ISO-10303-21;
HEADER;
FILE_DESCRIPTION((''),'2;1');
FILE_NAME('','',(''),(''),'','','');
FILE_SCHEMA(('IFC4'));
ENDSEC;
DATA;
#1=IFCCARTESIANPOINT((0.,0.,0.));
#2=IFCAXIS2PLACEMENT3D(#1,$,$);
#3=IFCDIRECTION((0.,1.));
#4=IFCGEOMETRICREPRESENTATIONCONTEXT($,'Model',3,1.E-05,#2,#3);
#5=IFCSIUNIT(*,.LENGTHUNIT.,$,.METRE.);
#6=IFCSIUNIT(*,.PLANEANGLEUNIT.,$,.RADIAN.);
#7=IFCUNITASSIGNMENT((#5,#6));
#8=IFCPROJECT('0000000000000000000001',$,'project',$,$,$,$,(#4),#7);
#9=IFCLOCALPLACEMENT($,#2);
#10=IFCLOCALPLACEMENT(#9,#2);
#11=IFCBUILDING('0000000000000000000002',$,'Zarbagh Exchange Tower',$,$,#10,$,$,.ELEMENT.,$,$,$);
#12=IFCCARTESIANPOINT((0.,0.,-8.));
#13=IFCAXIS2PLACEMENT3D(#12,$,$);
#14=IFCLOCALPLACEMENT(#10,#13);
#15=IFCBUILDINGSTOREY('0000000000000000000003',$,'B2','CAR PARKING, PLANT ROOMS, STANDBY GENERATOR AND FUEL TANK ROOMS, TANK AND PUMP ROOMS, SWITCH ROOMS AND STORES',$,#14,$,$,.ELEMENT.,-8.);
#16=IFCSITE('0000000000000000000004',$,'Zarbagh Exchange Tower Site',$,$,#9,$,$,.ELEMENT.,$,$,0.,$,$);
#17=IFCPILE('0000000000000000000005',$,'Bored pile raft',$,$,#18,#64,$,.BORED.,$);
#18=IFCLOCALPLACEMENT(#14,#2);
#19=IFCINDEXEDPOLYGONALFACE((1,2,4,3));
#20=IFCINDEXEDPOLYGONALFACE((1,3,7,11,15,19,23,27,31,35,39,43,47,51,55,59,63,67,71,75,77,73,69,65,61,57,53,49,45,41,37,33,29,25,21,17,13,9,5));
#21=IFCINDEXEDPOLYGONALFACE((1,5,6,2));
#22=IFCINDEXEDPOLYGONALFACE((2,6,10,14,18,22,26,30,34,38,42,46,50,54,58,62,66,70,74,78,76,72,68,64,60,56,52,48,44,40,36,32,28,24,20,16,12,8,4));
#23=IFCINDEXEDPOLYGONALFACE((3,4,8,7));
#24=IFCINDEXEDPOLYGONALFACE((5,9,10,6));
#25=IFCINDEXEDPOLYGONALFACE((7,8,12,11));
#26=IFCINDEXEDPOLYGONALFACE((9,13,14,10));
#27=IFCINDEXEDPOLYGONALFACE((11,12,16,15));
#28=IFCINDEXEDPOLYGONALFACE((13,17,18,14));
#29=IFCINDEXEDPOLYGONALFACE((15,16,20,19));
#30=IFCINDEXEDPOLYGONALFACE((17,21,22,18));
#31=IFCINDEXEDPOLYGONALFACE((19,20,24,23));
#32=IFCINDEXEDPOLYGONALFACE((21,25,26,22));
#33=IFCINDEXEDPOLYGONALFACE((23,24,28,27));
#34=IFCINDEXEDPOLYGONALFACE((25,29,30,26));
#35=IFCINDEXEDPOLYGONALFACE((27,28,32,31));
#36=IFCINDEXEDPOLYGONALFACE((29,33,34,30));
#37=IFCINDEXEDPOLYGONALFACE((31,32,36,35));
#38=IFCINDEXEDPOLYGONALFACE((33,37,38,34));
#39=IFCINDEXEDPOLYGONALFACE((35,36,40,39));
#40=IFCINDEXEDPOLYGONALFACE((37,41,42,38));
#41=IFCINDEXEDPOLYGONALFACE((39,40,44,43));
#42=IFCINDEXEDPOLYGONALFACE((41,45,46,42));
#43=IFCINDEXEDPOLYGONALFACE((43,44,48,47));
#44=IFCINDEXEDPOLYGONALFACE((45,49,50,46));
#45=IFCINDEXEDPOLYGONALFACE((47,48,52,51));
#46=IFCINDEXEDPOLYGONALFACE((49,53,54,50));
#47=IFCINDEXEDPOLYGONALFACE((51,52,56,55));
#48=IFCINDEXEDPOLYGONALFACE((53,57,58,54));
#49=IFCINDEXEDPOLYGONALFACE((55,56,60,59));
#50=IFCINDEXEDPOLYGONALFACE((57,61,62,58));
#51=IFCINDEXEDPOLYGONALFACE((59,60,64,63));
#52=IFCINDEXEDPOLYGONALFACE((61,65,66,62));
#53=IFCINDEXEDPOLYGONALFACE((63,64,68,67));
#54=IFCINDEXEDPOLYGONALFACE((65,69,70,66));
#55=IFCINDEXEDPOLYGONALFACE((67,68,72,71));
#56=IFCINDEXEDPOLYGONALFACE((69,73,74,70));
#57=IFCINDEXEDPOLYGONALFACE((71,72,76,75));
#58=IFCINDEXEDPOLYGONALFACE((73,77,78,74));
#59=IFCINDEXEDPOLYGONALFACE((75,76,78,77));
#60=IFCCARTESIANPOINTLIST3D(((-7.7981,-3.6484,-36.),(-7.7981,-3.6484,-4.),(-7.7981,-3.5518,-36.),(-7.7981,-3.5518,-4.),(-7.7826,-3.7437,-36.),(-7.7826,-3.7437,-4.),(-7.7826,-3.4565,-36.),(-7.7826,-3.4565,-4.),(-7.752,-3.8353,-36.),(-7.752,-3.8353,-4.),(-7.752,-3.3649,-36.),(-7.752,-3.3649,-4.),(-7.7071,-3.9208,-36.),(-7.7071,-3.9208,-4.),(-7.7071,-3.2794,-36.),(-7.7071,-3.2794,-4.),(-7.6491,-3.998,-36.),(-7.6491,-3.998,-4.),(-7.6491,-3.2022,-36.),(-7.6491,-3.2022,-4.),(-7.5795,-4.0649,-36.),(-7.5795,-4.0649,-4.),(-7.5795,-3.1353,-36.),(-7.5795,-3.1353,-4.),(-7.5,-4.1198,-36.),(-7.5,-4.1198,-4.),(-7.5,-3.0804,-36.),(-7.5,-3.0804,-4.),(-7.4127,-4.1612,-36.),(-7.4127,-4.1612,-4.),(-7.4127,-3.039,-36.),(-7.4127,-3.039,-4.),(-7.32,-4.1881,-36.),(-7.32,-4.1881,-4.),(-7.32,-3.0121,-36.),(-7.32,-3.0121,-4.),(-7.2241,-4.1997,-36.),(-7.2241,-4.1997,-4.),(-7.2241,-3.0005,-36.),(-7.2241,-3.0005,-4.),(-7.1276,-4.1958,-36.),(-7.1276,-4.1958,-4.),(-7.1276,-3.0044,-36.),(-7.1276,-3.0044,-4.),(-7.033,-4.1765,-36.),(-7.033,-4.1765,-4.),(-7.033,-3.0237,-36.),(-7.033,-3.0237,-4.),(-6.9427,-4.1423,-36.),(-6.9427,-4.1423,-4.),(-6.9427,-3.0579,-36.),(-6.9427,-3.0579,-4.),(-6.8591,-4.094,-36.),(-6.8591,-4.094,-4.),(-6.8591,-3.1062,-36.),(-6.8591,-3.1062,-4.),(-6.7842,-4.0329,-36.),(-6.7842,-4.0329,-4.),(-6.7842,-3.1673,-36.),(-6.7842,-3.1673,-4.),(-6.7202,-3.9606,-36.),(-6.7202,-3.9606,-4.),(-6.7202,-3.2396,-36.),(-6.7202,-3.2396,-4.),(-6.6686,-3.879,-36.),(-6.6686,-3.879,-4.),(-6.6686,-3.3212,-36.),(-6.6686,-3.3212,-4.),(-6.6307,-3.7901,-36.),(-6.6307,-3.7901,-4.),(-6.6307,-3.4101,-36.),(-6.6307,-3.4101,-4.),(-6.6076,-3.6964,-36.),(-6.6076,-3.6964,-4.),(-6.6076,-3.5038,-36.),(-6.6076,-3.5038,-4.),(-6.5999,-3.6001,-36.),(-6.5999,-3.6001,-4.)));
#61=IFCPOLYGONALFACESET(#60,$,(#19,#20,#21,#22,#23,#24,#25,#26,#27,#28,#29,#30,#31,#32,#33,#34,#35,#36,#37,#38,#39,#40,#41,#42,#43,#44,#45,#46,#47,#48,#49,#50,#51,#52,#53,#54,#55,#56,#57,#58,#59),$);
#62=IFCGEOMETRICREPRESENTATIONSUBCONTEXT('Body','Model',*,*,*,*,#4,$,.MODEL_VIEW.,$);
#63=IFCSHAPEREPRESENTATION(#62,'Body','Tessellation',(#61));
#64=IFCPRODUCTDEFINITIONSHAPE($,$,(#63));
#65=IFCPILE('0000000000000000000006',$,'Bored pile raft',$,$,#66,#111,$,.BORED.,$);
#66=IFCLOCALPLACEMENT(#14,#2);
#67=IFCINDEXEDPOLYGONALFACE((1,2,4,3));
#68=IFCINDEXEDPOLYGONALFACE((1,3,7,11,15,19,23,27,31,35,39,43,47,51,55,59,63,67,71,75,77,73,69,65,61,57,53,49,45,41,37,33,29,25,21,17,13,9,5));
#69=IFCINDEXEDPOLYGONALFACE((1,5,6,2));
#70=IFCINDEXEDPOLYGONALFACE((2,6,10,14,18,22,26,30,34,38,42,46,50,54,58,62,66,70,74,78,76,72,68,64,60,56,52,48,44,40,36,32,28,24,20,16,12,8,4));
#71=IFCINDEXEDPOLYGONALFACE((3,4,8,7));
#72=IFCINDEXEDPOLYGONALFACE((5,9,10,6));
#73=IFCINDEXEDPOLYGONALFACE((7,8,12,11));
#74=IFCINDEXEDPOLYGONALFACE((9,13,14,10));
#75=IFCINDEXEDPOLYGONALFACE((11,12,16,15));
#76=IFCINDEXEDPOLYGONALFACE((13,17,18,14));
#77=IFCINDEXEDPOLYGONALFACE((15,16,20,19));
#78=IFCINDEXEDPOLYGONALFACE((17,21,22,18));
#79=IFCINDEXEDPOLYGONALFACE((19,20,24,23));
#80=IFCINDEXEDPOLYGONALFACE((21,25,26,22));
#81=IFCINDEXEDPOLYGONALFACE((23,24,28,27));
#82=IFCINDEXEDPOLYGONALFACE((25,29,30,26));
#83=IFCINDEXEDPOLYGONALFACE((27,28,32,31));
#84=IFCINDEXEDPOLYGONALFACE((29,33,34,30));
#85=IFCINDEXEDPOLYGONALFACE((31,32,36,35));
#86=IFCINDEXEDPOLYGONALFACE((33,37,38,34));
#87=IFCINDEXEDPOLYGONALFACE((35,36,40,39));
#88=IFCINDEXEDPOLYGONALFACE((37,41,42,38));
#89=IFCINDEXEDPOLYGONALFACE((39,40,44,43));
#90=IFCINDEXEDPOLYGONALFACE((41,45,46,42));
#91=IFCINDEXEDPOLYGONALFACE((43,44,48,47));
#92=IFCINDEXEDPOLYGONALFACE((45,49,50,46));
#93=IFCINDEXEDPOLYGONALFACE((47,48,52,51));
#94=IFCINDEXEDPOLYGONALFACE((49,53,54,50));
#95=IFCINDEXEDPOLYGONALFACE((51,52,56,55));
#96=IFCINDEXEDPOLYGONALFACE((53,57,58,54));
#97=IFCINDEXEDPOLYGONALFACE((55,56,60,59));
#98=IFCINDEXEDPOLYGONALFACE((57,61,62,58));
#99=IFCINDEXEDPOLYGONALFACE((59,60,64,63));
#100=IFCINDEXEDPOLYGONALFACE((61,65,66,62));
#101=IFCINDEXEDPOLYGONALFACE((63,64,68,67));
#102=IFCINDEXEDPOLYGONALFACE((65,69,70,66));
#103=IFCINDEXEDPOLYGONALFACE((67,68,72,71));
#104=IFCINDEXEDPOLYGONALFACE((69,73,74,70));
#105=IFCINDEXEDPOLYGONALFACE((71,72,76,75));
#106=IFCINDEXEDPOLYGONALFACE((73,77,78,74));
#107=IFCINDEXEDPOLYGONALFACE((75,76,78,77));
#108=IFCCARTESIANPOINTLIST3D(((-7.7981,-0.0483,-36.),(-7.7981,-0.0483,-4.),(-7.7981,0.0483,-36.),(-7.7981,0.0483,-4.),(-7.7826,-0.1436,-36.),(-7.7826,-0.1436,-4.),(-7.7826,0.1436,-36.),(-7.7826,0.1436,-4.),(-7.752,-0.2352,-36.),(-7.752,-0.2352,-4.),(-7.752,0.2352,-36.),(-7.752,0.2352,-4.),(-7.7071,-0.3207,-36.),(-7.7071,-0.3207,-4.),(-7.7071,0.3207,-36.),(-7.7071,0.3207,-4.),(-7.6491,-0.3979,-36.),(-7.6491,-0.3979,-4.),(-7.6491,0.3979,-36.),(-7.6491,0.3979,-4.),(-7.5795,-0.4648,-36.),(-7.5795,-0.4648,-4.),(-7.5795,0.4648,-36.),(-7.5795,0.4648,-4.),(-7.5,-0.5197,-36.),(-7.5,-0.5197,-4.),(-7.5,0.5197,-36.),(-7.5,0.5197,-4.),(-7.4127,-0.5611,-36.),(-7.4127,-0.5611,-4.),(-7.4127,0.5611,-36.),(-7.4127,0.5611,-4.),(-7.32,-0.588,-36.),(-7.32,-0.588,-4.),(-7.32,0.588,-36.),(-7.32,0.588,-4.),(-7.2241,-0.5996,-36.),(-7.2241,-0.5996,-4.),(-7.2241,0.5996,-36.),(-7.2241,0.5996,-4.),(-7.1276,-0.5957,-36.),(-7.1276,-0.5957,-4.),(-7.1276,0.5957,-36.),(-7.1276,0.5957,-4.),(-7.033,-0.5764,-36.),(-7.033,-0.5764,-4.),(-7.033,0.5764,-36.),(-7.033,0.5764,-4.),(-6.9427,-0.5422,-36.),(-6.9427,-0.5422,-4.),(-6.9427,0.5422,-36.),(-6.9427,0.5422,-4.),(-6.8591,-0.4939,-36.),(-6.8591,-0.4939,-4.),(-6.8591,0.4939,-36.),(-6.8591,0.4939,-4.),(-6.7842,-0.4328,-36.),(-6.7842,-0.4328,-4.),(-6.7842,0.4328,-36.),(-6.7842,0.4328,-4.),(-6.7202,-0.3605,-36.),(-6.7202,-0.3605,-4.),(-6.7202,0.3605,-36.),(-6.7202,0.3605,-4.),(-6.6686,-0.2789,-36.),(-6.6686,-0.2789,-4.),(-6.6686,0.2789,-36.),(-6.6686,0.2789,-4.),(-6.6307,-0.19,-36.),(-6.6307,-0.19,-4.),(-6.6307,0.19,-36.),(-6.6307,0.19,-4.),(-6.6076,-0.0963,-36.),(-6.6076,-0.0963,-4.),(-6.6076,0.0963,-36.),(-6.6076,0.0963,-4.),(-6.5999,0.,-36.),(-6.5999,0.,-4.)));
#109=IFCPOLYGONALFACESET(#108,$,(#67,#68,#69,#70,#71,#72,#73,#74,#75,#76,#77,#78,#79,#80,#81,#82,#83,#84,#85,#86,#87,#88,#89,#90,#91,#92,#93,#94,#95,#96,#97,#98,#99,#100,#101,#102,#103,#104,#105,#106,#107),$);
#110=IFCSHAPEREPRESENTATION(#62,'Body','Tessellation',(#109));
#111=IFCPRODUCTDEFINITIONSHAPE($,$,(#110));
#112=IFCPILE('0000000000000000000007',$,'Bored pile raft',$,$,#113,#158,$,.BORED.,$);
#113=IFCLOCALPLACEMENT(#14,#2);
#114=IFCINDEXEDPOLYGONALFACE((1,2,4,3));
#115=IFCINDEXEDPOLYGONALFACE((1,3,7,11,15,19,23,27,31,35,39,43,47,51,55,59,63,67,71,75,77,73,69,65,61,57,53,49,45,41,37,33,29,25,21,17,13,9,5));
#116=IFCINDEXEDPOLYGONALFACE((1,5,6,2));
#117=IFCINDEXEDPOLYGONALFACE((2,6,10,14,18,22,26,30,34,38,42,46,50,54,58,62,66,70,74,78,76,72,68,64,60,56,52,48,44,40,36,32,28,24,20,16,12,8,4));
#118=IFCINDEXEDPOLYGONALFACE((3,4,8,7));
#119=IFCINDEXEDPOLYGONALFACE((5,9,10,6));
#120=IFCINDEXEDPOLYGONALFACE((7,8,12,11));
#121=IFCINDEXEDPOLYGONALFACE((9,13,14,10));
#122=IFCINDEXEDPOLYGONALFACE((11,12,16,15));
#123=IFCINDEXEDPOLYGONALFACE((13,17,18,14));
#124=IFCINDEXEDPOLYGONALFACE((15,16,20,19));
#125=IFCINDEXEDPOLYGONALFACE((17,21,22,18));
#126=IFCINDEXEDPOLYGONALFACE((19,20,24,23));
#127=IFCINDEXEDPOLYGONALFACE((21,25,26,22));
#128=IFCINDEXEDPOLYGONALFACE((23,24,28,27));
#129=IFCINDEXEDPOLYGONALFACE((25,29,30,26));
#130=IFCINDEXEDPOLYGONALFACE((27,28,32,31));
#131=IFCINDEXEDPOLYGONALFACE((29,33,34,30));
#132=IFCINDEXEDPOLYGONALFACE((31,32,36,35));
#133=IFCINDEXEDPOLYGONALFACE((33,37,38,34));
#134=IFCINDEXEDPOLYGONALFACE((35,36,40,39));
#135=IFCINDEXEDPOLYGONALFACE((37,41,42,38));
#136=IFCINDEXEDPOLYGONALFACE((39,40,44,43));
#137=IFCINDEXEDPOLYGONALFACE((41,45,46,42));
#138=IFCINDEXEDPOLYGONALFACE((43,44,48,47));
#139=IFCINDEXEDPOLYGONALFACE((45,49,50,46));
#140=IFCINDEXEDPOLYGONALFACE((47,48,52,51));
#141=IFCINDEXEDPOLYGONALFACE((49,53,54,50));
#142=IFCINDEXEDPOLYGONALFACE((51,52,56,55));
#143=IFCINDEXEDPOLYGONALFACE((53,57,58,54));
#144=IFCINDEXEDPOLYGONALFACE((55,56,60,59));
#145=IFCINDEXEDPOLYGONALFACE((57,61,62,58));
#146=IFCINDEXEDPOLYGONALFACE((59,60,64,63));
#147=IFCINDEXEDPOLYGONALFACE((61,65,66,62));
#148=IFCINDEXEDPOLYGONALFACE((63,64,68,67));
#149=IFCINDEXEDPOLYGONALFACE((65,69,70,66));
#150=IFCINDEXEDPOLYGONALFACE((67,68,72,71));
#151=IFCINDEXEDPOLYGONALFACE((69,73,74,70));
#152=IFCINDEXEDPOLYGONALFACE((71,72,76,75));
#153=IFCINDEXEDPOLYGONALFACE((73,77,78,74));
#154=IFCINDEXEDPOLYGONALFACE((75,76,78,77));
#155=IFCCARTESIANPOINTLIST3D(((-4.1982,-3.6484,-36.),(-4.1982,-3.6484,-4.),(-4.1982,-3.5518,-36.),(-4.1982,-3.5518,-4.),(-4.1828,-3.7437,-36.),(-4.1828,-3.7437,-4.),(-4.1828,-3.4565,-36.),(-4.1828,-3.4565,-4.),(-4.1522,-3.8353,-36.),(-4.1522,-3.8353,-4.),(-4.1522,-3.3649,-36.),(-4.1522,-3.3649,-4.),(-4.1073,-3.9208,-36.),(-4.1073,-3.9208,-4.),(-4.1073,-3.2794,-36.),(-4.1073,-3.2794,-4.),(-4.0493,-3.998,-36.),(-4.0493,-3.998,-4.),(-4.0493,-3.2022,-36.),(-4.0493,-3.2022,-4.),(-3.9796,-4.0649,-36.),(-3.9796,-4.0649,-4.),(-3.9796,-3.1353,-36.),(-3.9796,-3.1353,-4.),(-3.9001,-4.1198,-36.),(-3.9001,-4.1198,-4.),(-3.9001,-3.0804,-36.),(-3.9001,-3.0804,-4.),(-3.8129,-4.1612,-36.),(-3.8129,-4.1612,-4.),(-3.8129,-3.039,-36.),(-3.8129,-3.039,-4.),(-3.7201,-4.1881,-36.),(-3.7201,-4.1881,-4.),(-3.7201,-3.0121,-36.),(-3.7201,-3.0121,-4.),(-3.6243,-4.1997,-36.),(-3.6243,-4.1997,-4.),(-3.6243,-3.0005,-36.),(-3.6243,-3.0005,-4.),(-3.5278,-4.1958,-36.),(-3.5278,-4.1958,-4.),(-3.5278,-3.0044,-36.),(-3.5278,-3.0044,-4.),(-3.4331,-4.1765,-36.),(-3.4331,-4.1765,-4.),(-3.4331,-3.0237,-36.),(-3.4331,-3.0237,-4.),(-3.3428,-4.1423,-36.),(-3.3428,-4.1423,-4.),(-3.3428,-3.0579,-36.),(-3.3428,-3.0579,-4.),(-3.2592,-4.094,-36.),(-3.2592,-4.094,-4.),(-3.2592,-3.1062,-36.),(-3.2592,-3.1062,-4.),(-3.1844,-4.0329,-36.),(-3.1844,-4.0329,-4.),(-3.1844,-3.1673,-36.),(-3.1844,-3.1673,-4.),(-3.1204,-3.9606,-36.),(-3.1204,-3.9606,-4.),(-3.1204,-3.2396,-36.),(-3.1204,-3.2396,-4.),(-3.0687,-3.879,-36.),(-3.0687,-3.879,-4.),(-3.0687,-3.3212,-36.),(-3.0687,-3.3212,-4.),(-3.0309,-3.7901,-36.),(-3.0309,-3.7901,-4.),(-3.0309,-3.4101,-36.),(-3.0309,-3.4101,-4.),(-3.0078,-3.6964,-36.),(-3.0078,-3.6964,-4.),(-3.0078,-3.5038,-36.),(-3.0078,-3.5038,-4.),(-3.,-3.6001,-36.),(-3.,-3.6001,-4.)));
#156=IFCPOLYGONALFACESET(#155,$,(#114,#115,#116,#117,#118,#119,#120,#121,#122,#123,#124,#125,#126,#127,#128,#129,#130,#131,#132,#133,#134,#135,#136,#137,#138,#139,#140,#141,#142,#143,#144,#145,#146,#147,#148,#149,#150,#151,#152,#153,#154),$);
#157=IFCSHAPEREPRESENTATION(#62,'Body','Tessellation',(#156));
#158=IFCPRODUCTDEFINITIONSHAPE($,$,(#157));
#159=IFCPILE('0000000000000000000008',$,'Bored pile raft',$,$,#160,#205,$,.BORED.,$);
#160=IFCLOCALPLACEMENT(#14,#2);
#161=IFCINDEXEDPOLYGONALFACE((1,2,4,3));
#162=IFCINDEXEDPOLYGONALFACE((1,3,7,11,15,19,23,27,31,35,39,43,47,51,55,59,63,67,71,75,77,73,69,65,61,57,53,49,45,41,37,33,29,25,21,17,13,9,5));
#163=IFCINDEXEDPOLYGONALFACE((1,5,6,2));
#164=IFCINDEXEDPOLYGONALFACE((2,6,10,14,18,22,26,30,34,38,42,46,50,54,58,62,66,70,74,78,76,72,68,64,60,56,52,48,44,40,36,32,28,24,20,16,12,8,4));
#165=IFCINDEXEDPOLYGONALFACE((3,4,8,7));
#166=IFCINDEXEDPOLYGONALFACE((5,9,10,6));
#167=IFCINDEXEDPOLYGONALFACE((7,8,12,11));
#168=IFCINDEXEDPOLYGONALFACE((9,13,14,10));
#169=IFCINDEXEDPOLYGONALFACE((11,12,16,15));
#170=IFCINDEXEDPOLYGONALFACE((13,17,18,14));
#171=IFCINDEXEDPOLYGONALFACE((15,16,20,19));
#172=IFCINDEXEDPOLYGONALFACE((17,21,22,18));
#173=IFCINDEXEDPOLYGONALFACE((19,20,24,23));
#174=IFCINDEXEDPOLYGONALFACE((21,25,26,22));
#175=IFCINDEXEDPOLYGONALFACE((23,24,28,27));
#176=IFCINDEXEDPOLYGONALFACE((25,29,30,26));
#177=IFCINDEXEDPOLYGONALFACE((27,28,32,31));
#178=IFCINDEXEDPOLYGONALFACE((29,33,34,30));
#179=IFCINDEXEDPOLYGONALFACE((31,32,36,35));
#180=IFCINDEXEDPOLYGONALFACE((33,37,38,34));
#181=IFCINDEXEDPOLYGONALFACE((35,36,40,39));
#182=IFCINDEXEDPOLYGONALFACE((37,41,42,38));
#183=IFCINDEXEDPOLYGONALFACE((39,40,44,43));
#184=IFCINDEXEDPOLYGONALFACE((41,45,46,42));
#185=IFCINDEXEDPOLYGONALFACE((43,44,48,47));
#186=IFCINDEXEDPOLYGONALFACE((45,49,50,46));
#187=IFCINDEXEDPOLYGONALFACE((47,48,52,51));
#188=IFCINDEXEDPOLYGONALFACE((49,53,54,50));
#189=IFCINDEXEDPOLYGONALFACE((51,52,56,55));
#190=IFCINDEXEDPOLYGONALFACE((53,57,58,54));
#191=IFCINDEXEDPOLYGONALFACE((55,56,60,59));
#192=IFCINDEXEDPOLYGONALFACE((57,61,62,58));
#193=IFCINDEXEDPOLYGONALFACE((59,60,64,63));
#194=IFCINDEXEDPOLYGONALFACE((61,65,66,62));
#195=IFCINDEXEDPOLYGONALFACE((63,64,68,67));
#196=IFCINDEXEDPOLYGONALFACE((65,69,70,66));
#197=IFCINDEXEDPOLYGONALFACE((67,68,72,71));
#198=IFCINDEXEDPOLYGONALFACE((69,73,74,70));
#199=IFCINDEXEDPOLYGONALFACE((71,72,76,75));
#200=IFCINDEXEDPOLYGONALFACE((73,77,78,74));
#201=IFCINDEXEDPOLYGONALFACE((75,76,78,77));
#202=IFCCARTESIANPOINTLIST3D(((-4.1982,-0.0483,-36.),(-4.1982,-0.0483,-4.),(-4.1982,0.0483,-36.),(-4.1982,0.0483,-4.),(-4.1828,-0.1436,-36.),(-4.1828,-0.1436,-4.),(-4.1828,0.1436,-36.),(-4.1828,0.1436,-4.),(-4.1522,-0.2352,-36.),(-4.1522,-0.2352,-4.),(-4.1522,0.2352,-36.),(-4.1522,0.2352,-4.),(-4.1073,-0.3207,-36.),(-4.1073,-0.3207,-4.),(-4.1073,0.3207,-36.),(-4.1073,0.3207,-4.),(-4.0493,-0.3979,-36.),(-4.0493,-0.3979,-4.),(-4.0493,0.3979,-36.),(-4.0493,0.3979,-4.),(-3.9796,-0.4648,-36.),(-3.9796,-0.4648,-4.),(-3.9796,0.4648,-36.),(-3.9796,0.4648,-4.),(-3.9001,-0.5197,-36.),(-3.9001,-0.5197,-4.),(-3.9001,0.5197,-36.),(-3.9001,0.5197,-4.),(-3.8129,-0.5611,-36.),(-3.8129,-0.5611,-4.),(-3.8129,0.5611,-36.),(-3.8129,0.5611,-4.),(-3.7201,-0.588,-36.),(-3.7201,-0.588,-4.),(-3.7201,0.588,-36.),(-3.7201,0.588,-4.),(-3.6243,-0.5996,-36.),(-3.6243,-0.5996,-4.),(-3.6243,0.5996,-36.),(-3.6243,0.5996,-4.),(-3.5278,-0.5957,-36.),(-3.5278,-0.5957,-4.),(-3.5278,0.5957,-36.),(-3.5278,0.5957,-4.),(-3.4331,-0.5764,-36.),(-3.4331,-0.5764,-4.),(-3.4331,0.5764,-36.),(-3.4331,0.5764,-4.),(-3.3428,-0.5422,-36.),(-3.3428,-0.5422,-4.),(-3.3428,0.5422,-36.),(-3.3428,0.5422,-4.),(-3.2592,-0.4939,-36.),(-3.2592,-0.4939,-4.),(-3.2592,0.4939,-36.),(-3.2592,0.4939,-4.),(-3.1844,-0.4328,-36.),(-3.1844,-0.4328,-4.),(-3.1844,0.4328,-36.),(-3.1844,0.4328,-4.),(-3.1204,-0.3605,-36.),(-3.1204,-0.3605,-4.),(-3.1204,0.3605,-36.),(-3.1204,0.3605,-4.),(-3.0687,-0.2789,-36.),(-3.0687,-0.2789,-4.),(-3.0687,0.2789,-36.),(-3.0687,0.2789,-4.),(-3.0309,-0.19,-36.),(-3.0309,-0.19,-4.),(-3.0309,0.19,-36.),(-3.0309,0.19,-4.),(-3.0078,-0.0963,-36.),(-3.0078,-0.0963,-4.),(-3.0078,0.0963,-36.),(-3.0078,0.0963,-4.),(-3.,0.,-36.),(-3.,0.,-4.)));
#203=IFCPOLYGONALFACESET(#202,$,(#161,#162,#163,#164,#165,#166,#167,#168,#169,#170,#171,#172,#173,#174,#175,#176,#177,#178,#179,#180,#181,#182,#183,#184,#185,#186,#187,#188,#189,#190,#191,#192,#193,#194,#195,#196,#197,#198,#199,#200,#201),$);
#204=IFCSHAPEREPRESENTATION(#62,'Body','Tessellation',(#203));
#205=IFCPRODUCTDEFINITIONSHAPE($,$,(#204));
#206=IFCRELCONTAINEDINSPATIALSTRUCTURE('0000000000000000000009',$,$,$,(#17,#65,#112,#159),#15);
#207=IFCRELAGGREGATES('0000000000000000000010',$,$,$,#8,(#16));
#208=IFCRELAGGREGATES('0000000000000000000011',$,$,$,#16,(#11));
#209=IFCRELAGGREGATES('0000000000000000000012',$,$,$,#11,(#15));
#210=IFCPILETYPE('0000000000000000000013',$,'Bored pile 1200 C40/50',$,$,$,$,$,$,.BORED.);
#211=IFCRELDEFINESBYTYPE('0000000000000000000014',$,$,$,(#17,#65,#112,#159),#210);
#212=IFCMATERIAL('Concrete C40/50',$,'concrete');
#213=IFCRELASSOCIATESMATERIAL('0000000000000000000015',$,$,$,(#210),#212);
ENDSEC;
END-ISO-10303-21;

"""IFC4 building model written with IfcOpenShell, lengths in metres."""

from ifc_helpers import new_model, si_unit, direction, frame, origin, origin_2d, place, context, subcontext, project, spatial, circle, extrude, material, material_profile, profile_set, type_object, element, save


model = new_model("IFC4")

# Units and contexts
model_context = context("Model", 3, precision=1e-05, world=origin(), true_north=direction((0.0, 1.0)))
body_context = subcontext(model_context, "Body", "Model", "MODEL_VIEW")
ifc_project = project(units=[si_unit("LENGTHUNIT", "METRE"), si_unit("PLANEANGLEUNIT", "RADIAN")], contexts=[model_context])

# Site, building, storey
site_placement = place(None, origin())
site = spatial("IfcSite", under=ifc_project, at=site_placement, Name="Zarbagh Exchange Tower Site", CompositionType="ELEMENT", RefElevation=0.0)
building_placement = place(site_placement, origin())
building = spatial("IfcBuilding", under=site, at=building_placement, Name="Zarbagh Exchange Tower", CompositionType="ELEMENT")
storey_placement = place(building_placement, frame((0.0, 0.0, -8.0)))
storey = spatial("IfcBuildingStorey", under=building, at=storey_placement, Name="B2", Description="CAR PARKING, PLANT ROOMS, STANDBY GENERATOR AND FUEL TANK ROOMS, TANK AND PUMP ROOMS, SWITCH ROOMS AND STORES", CompositionType="ELEMENT", Elevation=-8.0)

# Piles
ifc_material_1 = material(Name="Concrete C40/50", Category="concrete")
ifc_material_profile = material_profile(ifc_material_1, circle(Radius=0.6001, at=origin_2d()), Name="Bored pile 1200 C40/50")
ifc_profile_set = profile_set([ifc_material_profile], Name="Concrete C40/50")
pile_type = type_object("IfcPileType", Name="Bored pile 1200 C40/50", PredefinedType="BORED", material=ifc_profile_set)
for number, where, z_axis, x_axis, name in (
    (1, (-7.2, -3.6001, -4.0), (0.0, 0.0, -1.0), (1.0, 0.0, 0.0), "Bored pile raft"),
    (2, (-7.2, 0.0, -4.0), (0.0, 0.0, -1.0), (1.0, 0.0, 0.0), "Bored pile raft"),
    (3, (-3.6001, -3.6001, -4.0), (0.0, 0.0, -1.0), (1.0, 0.0, 0.0), "Bored pile raft"),
    (4, (-3.6001, 0.0, -4.0), (0.0, 0.0, -1.0), (1.0, 0.0, 0.0), "Bored pile raft"),
):
    element("IfcPile", number, at=place(storey_placement, frame(where, z_axis=z_axis, x_axis=x_axis)), inside=storey, type_object=pile_type, Name=name, PredefinedType="BORED", context=body_context, shape_type="SweptSolid", body=[
        extrude(circle(Radius=0.6001, at=origin_2d()), origin(), (0.0, 0.0, 1.0), 32.0),
    ])

save(model, "model.ifc")
